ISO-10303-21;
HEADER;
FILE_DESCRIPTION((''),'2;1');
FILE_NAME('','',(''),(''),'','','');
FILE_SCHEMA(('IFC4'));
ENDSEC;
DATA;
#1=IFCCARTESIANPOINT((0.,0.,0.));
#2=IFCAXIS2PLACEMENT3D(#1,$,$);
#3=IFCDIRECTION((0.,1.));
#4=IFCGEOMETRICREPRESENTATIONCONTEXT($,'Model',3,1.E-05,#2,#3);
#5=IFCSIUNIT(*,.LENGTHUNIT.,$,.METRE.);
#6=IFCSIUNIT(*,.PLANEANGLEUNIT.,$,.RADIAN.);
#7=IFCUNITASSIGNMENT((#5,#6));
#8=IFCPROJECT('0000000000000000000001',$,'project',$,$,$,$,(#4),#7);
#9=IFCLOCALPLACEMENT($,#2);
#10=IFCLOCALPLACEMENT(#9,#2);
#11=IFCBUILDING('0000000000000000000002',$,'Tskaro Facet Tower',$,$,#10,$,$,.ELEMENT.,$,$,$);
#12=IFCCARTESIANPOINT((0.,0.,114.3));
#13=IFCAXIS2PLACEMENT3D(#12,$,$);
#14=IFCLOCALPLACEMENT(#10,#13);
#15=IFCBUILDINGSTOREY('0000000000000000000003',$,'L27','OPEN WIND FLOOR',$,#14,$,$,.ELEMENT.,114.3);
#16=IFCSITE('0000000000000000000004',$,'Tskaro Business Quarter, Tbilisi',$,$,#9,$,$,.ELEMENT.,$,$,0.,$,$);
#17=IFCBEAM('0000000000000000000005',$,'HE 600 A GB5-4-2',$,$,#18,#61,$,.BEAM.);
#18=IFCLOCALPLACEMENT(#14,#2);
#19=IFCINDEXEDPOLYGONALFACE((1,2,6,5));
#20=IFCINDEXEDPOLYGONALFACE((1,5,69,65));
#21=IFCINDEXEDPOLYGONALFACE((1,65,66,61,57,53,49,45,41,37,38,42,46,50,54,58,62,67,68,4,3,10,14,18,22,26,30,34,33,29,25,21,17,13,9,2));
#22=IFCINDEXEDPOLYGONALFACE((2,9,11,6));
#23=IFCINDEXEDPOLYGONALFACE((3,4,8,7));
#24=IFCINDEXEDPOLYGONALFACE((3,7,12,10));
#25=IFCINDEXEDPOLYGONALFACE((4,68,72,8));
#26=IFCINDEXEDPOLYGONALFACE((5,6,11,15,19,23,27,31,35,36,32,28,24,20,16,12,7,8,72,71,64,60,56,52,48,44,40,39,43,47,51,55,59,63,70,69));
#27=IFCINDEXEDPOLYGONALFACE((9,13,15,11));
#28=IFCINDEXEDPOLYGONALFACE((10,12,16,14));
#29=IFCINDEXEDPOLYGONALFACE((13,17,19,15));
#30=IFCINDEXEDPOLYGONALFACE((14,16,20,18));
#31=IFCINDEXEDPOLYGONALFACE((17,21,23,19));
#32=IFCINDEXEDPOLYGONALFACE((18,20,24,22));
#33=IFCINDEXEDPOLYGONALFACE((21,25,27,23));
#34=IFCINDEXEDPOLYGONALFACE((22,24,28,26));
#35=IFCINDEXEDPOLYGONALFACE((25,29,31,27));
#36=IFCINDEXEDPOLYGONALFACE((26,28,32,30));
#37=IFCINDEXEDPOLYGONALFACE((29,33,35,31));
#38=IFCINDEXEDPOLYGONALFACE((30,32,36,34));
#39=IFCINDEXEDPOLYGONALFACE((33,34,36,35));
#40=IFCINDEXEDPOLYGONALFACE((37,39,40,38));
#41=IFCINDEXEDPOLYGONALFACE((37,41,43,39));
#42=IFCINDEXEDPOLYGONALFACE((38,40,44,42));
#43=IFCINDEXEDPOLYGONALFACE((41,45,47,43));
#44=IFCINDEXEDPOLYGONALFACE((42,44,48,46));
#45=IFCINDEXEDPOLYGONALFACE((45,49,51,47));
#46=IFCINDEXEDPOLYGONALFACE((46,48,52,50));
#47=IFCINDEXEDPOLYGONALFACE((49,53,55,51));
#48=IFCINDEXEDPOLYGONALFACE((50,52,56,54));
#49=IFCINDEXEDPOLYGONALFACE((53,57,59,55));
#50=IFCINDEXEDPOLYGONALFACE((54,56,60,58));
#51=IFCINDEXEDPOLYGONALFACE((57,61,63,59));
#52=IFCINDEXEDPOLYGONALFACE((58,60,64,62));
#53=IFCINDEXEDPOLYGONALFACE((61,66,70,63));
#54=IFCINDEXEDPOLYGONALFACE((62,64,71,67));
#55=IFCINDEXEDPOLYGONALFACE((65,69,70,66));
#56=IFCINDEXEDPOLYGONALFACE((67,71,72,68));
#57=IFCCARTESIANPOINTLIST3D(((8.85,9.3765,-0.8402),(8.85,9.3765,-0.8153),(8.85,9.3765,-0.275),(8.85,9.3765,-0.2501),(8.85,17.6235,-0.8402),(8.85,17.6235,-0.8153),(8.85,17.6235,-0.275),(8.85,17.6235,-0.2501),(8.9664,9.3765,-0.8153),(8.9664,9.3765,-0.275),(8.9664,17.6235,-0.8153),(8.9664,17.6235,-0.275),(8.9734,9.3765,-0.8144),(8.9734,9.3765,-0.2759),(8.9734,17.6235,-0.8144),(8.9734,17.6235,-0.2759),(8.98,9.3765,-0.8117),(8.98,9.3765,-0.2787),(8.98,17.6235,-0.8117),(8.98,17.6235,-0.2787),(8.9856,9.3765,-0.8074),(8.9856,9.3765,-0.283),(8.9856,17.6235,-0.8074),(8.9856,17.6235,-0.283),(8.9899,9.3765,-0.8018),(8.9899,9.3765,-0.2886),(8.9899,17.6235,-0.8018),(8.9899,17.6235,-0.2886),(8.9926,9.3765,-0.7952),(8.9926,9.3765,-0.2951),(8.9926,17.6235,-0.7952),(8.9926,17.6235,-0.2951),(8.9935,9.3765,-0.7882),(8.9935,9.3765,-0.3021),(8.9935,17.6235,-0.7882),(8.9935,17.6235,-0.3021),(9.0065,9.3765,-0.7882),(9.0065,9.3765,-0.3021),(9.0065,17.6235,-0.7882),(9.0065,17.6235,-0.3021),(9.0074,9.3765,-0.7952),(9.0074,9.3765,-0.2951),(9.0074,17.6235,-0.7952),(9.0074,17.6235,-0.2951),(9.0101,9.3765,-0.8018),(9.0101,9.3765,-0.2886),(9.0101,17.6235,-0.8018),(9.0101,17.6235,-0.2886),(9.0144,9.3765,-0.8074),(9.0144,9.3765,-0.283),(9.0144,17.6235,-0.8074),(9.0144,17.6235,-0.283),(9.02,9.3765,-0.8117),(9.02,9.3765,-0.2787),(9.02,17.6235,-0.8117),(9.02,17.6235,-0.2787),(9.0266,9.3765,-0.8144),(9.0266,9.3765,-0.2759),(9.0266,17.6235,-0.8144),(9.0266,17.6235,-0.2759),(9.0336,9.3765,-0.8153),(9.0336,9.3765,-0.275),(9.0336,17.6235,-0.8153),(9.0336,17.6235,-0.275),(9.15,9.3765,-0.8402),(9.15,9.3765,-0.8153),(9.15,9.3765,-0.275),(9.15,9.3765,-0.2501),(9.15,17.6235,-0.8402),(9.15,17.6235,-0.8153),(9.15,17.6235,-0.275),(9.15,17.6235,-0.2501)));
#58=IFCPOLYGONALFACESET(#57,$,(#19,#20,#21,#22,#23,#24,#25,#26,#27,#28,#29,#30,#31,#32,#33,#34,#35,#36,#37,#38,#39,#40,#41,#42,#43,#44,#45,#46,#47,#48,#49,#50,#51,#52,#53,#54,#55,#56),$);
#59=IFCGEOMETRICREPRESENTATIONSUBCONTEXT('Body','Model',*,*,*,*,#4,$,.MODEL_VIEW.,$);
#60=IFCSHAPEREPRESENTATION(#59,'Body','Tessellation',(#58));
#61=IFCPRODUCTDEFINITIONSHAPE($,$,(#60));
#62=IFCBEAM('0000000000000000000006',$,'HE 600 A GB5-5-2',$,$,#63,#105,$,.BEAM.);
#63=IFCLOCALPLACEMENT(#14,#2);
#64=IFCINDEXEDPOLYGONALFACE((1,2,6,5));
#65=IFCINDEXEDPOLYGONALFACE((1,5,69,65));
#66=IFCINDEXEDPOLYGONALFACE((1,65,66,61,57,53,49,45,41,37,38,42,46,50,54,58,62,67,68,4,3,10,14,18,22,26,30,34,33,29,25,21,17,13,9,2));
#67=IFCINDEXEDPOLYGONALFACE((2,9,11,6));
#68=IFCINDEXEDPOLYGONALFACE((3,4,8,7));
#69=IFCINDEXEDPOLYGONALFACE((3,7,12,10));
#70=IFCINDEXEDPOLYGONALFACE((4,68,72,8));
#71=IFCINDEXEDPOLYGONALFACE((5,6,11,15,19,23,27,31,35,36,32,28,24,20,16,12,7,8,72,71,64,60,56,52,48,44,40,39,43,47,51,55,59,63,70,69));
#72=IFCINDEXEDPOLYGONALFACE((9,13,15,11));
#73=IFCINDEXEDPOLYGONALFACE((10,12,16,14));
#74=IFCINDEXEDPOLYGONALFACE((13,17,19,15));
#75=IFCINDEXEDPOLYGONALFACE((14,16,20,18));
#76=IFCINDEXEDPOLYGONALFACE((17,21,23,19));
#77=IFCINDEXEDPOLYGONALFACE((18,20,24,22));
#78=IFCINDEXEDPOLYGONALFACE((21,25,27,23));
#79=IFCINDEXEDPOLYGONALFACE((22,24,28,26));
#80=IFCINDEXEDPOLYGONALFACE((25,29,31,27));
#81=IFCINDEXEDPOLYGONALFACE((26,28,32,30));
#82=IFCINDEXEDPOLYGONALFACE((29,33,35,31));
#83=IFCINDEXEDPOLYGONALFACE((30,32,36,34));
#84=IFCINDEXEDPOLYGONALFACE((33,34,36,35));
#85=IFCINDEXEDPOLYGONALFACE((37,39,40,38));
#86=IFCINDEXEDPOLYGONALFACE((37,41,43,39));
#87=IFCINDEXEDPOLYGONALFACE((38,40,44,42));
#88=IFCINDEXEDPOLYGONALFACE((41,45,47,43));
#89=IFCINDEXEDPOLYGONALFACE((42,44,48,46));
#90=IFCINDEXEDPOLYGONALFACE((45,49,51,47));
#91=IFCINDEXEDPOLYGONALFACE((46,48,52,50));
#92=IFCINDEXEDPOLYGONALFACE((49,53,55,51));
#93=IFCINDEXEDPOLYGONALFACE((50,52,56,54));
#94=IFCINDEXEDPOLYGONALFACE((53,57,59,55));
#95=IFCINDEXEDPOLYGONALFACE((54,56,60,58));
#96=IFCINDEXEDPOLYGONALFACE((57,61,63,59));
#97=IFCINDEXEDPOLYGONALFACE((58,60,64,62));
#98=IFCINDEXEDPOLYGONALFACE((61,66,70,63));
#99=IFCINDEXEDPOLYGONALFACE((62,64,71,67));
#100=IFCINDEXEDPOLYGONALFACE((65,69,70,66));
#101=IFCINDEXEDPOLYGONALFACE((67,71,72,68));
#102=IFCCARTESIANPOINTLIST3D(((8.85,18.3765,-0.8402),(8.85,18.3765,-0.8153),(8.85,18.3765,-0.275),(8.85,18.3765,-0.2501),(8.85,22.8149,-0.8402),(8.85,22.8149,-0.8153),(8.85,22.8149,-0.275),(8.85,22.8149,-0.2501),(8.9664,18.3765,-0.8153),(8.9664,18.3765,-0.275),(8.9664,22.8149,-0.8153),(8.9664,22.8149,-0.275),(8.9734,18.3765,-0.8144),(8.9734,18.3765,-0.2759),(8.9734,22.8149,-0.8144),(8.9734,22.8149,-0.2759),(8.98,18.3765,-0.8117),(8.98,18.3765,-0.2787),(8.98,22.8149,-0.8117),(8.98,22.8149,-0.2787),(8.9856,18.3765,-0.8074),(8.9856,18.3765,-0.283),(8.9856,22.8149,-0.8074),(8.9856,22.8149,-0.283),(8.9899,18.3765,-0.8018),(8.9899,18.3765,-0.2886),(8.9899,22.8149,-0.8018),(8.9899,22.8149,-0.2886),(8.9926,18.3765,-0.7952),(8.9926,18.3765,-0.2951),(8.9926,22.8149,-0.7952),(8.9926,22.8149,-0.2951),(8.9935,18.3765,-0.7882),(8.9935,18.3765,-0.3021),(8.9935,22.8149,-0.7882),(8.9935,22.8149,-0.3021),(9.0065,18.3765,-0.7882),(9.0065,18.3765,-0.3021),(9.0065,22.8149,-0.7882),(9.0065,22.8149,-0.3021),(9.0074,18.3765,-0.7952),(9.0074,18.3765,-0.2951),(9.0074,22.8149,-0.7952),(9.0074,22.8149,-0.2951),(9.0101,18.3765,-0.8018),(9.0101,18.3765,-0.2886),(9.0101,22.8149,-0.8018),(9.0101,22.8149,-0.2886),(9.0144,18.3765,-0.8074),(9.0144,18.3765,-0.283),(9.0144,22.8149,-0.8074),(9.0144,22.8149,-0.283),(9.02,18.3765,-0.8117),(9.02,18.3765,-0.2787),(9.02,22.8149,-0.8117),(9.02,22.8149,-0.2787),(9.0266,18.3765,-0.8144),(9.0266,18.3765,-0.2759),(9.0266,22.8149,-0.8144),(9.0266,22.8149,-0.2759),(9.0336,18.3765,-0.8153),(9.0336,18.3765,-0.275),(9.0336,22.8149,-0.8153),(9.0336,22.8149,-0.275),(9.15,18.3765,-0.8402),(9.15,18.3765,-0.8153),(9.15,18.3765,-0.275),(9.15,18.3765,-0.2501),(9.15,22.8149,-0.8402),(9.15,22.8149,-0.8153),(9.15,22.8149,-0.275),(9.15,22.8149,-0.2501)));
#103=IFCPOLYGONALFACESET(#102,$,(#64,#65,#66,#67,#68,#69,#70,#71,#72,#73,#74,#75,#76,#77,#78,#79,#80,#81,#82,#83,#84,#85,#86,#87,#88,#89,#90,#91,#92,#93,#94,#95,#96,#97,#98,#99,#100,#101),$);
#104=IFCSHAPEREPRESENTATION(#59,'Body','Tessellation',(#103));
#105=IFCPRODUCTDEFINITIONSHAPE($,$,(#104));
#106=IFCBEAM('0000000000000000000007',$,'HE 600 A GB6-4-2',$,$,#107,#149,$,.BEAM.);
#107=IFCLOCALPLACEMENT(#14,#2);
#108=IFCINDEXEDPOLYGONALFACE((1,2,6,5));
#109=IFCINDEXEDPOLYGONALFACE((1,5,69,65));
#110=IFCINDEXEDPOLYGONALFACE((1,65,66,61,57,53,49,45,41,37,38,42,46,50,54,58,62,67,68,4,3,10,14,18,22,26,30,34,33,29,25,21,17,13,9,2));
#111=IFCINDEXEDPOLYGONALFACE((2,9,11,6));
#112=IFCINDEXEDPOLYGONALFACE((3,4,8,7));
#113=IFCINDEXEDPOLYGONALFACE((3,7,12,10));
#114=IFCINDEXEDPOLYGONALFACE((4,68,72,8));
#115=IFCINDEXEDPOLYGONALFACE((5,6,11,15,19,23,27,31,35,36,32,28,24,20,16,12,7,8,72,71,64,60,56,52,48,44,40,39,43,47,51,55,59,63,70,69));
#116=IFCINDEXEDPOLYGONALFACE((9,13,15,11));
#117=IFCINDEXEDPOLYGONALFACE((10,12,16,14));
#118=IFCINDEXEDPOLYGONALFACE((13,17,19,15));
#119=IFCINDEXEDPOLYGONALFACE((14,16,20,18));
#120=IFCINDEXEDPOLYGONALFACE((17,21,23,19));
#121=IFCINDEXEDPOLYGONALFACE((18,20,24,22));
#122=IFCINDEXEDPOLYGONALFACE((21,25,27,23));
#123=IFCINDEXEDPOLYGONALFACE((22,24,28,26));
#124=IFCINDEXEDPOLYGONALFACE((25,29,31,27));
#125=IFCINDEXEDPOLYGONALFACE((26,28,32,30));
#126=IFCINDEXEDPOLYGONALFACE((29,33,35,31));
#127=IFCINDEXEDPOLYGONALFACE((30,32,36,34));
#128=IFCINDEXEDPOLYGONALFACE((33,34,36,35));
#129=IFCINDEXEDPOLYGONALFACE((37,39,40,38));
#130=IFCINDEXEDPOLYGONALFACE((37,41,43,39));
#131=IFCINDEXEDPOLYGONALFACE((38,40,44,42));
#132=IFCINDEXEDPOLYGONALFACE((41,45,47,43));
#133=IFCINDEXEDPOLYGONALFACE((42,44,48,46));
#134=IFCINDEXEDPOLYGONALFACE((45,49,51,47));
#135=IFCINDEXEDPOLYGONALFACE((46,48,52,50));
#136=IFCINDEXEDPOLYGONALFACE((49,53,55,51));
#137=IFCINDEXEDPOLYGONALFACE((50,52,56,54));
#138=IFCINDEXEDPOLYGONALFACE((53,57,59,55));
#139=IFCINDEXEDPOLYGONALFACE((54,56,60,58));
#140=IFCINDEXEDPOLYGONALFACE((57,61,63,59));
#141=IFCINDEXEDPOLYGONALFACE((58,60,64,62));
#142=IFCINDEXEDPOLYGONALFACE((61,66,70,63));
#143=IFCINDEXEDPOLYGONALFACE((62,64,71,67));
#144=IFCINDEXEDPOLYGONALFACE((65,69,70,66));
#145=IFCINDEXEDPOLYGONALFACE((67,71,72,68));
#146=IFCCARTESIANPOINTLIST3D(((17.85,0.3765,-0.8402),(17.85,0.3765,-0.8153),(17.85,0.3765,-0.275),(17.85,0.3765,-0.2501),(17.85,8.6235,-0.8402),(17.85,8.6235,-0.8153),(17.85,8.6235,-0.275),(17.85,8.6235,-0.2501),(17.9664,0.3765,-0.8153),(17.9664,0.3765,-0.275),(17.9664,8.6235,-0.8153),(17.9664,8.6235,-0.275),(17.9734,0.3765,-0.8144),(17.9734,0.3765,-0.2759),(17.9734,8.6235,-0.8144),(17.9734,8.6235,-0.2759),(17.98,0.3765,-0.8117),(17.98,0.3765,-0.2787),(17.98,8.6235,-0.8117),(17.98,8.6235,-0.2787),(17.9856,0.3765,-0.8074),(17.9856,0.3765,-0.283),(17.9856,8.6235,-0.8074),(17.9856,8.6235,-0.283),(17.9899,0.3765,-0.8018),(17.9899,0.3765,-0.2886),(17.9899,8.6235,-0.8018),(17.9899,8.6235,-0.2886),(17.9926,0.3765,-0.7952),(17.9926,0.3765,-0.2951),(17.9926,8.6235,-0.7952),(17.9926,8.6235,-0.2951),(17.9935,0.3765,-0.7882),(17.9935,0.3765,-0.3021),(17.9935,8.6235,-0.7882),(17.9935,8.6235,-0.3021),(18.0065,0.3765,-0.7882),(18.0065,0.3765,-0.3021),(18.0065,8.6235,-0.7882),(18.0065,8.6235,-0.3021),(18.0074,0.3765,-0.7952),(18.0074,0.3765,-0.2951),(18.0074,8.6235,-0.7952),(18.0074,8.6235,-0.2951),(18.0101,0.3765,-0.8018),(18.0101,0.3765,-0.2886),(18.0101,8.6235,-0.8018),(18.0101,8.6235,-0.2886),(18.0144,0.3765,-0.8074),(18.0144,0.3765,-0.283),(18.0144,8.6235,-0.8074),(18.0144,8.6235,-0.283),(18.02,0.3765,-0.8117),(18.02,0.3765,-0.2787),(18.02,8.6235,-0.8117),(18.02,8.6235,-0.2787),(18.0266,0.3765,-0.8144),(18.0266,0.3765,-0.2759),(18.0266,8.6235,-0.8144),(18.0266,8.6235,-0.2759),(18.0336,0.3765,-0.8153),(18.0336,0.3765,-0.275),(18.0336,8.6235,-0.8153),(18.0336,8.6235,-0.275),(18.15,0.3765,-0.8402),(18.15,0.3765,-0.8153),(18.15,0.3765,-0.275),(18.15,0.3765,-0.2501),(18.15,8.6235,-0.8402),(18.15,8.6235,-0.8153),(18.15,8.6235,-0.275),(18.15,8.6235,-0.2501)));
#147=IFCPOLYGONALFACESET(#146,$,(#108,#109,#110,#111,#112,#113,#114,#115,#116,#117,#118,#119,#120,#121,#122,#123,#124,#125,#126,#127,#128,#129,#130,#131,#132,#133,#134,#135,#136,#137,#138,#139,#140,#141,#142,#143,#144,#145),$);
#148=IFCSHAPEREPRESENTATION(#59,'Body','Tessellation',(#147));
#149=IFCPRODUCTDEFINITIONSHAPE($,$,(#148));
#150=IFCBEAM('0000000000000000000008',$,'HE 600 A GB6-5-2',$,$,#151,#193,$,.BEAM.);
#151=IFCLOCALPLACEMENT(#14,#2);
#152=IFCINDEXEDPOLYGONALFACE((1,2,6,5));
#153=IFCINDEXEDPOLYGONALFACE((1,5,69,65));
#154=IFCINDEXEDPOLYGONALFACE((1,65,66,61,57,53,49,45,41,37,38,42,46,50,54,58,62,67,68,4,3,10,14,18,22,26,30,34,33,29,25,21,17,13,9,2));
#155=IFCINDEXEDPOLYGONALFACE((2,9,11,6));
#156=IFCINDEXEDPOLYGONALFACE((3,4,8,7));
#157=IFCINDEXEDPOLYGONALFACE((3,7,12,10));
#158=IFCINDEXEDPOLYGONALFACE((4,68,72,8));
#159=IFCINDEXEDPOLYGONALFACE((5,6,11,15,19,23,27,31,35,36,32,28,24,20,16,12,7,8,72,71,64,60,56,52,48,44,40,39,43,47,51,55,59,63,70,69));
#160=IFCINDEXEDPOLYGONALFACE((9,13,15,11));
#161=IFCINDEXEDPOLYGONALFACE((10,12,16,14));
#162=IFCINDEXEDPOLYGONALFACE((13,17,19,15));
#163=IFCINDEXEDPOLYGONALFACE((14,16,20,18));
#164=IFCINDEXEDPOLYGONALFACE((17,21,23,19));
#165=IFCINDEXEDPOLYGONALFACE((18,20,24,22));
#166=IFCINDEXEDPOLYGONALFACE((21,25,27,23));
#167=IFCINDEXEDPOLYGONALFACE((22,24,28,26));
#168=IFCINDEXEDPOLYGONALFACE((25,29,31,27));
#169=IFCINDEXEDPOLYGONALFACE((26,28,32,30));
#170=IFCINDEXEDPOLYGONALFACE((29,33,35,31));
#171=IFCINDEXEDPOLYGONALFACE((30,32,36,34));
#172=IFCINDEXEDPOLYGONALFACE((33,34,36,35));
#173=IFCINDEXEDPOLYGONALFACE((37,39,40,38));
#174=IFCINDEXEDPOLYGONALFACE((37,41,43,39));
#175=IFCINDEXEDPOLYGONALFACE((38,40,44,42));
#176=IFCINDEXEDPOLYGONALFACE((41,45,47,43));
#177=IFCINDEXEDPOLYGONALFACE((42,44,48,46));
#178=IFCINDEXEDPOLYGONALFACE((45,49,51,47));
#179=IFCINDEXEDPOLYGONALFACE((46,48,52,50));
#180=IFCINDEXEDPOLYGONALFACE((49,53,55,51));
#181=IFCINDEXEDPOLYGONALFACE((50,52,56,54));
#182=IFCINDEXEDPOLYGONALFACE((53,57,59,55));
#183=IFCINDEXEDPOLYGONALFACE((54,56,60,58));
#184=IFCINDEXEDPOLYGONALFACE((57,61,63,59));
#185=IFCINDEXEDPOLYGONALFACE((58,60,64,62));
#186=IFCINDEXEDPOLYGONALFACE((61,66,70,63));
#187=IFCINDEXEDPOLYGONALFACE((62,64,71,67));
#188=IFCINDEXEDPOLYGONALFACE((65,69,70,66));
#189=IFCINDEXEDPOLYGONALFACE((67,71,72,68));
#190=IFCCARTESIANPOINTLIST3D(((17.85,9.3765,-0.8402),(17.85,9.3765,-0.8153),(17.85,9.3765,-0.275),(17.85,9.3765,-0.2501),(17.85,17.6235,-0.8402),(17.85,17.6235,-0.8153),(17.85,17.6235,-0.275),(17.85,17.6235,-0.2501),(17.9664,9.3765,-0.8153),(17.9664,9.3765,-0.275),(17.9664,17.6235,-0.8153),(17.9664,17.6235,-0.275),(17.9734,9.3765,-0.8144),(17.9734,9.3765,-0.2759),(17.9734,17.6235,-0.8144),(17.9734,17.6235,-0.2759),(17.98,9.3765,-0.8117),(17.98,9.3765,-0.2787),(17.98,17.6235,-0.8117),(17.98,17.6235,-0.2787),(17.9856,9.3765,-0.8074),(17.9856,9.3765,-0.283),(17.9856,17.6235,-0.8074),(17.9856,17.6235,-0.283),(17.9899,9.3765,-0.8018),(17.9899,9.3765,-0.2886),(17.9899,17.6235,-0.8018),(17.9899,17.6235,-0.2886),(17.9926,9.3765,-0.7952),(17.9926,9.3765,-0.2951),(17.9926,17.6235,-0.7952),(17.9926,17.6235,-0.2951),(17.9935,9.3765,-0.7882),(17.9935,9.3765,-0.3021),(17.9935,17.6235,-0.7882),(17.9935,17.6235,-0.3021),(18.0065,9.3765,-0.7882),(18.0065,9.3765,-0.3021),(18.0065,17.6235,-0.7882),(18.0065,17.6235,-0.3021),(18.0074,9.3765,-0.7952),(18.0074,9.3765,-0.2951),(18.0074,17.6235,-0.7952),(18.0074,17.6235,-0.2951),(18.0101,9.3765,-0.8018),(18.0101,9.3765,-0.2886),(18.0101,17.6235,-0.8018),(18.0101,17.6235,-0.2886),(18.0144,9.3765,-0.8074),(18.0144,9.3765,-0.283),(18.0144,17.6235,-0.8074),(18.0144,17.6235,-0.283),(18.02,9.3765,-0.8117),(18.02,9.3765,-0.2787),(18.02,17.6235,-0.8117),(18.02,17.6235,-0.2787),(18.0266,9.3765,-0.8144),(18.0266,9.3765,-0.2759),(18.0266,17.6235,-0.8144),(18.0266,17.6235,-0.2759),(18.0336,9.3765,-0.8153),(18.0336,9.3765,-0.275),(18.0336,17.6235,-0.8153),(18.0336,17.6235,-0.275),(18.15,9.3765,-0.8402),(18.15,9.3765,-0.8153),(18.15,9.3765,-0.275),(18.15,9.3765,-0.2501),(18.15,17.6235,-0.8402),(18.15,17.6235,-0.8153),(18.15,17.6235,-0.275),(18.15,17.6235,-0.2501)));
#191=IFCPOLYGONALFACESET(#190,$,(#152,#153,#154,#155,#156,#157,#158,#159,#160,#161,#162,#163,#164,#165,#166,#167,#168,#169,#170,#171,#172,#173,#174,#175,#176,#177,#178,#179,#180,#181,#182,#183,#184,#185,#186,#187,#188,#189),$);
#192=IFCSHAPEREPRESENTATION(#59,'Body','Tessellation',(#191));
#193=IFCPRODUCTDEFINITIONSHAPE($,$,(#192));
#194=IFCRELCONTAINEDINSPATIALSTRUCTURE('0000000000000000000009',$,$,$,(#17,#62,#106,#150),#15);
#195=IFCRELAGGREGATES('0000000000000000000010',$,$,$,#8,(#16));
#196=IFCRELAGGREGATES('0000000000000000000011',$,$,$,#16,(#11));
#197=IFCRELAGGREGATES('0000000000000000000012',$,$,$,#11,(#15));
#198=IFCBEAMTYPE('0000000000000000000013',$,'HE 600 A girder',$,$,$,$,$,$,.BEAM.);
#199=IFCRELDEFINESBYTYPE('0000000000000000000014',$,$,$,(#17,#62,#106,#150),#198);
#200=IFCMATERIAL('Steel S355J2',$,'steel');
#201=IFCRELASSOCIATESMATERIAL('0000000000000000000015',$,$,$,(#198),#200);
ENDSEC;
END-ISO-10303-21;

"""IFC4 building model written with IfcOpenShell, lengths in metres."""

from ifc_helpers import new_model, si_unit, direction, frame, origin, origin_2d, place, context, subcontext, project, spatial, i_section, extrude, material, material_profile, profile_set, type_object, element, save


model = new_model("IFC4")

# Units and contexts
model_context = context("Model", 3, precision=1e-05, world=origin(), true_north=direction((0.0, 1.0)))
body_context = subcontext(model_context, "Body", "Model", "MODEL_VIEW")
ifc_project = project(units=[si_unit("LENGTHUNIT", "METRE"), si_unit("PLANEANGLEUNIT", "RADIAN")], contexts=[model_context])

# Site, building, storey
site_placement = place(None, origin())
site = spatial("IfcSite", under=ifc_project, at=site_placement, Name="Tskaro Business Quarter, Tbilisi", CompositionType="ELEMENT", RefElevation=0.0)
building_placement = place(site_placement, origin())
building = spatial("IfcBuilding", under=site, at=building_placement, Name="Tskaro Facet Tower", CompositionType="ELEMENT")
storey_placement = place(building_placement, frame((0.0, 0.0, 114.3)))
storey = spatial("IfcBuildingStorey", under=building, at=storey_placement, Name="L27", Description="OPEN WIND FLOOR", CompositionType="ELEMENT", Elevation=114.3)

# Beams
ifc_material_1 = material(Name="Steel S355J2", Category="steel")
ifc_material_profile_1 = material_profile(ifc_material_1, i_section(OverallWidth=0.3, OverallDepth=0.5901, WebThickness=0.0129, FlangeThickness=0.0249, FilletRadius=0.0271, at=origin_2d()), Name="HE 600 A")
ifc_profile_set_1 = profile_set([ifc_material_profile_1], Name="Steel S355J2")
beam_type_1 = type_object("IfcBeamType", Name="HE 600 A girder", PredefinedType="BEAM", material=ifc_profile_set_1)
beam_1_placement = place(storey_placement, frame((9.0, 9.3765, -0.5452), z_axis=(0.0, 1.0, 0.0), x_axis=(-1.0, 0.0, 0.0)))
element("IfcBeam", 1, at=beam_1_placement, inside=storey, type_object=beam_type_1, Name="HE 600 A GB5-4-2", PredefinedType="BEAM", context=body_context, shape_type="SweptSolid", body=[
    extrude(i_section(OverallWidth=0.3, OverallDepth=0.5901, WebThickness=0.0129, FlangeThickness=0.0249, FilletRadius=0.0271, at=origin_2d()), origin(), (0.0, 0.0, 1.0), 8.2471),
])
beam_2_placement = place(storey_placement, frame((9.0, 18.3765, -0.5452), z_axis=(0.0, 1.0, 0.0), x_axis=(-1.0, 0.0, 0.0)))
element("IfcBeam", 2, at=beam_2_placement, inside=storey, type_object=beam_type_1, Name="HE 600 A GB5-5-2", PredefinedType="BEAM", context=body_context, shape_type="SweptSolid", body=[
    extrude(i_section(OverallWidth=0.3, OverallDepth=0.5901, WebThickness=0.0129, FlangeThickness=0.0249, FilletRadius=0.0271, at=origin_2d()), origin(), (0.0, 0.0, 1.0), 4.4385),
])
for number, where, z_axis, x_axis, name in (
    (3, (18.0, 0.3765, -0.5452), (0.0, 1.0, 0.0), (-1.0, 0.0, 0.0), "HE 600 A GB6-4-2"),
    (4, (18.0, 9.3765, -0.5452), (0.0, 1.0, 0.0), (-1.0, 0.0, 0.0), "HE 600 A GB6-5-2"),
):
    element("IfcBeam", number, at=place(storey_placement, frame(where, z_axis=z_axis, x_axis=x_axis)), inside=storey, type_object=beam_type_1, Name=name, PredefinedType="BEAM", context=body_context, shape_type="SweptSolid", body=[
        extrude(i_section(OverallWidth=0.3, OverallDepth=0.5901, WebThickness=0.0129, FlangeThickness=0.0249, FilletRadius=0.0271, at=origin_2d()), origin(), (0.0, 0.0, 1.0), 8.2471),
    ])

save(model, "model.ifc")
